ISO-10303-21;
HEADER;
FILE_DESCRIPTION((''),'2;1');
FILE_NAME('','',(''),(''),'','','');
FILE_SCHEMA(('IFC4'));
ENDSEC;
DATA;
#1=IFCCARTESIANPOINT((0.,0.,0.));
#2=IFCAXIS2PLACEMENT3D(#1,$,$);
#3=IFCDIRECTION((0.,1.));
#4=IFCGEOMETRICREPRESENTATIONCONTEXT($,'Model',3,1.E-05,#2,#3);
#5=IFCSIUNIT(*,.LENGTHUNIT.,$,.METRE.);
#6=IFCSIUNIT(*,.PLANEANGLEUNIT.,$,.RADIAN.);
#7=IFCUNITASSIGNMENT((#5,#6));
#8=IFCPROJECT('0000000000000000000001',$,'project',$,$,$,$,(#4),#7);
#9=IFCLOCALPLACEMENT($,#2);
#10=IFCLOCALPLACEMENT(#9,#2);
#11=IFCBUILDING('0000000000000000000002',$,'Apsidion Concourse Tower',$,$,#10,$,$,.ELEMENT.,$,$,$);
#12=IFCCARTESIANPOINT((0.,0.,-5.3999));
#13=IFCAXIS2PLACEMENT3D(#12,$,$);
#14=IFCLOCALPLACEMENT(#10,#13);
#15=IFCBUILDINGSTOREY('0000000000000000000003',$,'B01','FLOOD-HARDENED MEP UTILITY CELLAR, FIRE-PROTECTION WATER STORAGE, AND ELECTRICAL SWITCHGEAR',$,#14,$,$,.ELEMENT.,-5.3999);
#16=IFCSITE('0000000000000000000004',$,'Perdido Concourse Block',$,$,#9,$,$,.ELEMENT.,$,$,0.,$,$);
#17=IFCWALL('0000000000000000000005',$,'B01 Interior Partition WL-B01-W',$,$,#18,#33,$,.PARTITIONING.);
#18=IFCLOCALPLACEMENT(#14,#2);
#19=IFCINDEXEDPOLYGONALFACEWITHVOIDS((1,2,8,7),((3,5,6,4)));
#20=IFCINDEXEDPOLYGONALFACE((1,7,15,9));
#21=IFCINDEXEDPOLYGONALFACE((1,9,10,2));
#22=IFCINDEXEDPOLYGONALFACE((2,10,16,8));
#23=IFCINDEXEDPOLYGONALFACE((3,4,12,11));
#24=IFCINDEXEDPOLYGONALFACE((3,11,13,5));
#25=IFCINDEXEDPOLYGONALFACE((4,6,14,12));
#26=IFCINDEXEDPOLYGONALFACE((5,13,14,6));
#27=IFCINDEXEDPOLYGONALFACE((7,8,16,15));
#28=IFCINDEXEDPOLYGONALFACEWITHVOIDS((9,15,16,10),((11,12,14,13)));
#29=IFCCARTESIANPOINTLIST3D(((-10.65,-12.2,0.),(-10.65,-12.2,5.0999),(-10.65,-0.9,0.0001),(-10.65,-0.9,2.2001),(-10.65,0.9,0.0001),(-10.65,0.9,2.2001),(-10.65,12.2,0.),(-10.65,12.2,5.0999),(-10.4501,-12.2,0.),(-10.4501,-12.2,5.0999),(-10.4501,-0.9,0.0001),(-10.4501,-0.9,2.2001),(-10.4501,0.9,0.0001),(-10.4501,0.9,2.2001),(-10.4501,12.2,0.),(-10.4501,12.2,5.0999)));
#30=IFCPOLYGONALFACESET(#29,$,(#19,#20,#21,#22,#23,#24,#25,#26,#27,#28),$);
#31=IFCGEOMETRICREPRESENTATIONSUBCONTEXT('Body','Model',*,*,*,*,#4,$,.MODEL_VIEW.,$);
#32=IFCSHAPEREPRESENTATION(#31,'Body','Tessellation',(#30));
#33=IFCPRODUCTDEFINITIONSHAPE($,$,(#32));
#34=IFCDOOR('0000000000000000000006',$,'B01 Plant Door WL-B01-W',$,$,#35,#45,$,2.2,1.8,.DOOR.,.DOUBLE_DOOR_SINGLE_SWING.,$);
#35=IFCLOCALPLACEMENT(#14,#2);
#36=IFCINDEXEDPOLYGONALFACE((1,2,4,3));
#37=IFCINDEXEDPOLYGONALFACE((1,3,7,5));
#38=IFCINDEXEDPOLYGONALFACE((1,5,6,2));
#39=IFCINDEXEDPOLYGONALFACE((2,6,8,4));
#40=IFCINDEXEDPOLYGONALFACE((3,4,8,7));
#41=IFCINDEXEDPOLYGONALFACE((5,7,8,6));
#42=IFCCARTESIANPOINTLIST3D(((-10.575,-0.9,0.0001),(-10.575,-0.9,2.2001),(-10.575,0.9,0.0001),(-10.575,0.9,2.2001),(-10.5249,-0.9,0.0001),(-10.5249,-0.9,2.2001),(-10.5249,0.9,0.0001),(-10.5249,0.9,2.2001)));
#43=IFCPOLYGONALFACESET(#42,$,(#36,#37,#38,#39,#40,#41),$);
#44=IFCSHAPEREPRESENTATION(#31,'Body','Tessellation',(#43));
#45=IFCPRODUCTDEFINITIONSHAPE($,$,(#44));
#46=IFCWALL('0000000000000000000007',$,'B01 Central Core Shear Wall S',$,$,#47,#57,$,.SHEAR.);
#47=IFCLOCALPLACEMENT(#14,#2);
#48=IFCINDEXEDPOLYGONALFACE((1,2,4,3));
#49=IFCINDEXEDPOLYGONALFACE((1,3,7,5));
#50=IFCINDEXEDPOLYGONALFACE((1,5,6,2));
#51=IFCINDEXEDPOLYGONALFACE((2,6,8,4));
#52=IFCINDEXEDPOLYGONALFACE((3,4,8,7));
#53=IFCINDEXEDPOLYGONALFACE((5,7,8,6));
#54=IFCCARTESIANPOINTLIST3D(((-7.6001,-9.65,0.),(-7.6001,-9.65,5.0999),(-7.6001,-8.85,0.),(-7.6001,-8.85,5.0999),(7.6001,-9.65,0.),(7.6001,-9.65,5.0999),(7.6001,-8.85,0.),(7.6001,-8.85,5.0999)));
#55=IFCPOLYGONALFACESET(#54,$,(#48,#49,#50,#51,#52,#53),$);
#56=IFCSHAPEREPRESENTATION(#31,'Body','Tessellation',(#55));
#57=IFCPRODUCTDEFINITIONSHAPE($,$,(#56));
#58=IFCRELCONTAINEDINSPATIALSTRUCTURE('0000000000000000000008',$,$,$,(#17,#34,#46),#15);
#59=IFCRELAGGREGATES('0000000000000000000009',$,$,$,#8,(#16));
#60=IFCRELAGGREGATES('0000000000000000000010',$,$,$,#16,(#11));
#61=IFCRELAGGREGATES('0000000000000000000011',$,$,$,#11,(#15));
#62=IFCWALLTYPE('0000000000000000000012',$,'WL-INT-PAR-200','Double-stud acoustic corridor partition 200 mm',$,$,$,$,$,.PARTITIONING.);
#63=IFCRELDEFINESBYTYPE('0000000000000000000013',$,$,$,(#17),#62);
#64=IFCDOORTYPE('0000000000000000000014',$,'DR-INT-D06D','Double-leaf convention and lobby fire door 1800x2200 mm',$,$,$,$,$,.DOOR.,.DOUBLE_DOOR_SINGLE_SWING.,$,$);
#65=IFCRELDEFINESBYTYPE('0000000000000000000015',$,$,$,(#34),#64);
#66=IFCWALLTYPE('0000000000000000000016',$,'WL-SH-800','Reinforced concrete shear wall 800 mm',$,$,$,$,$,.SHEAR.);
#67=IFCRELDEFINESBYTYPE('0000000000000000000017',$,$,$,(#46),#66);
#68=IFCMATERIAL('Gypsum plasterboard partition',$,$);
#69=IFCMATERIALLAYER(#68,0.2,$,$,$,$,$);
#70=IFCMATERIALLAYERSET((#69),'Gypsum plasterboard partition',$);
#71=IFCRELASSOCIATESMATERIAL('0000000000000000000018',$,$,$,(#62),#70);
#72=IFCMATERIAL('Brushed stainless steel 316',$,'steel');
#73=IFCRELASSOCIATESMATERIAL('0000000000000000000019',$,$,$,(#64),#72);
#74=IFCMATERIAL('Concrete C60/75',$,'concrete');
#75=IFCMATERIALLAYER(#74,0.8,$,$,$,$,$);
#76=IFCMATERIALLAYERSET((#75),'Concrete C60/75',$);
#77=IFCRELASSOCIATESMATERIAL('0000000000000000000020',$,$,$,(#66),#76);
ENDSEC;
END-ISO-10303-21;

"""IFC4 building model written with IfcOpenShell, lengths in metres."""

from ifc_helpers import new_model, si_unit, direction, frame, frame_2d, origin, place, context, subcontext, project, spatial, rectangle, extrude, material, layer, layer_set, type_object, element, fill, save


model = new_model("IFC4")

# Units and contexts
model_context = context("Model", 3, precision=1e-05, world=origin(), true_north=direction((0.0, 1.0)))
body_context = subcontext(model_context, "Body", "Model", "MODEL_VIEW")
ifc_project = project(units=[si_unit("LENGTHUNIT", "METRE"), si_unit("PLANEANGLEUNIT", "RADIAN")], contexts=[model_context])

# Site, building, storey
site_placement = place(None, origin())
site = spatial("IfcSite", under=ifc_project, at=site_placement, Name="Perdido Concourse Block", CompositionType="ELEMENT", RefElevation=0.0)
building_placement = place(site_placement, origin())
building = spatial("IfcBuilding", under=site, at=building_placement, Name="Apsidion Concourse Tower", CompositionType="ELEMENT")
storey_placement = place(building_placement, frame((0.0, 0.0, -5.3999)))
storey = spatial("IfcBuildingStorey", under=building, at=storey_placement, Name="B01", Description="FLOOD-HARDENED MEP UTILITY CELLAR, FIRE-PROTECTION WATER STORAGE, AND ELECTRICAL SWITCHGEAR", CompositionType="ELEMENT", Elevation=-5.3999)

# Shared definitions
ifc_material_1 = material(Name="Concrete C60/75", Category="concrete")

# Wall, opening, door
ifc_material_2 = material(Name="Gypsum plasterboard partition")
ifc_layer_1 = layer(ifc_material_2, 0.2)
ifc_layer_set_1 = layer_set([ifc_layer_1], Name="Gypsum plasterboard partition")
wall_type_1 = type_object("IfcWallType", Name="WL-INT-PAR-200", Description="Double-stud acoustic corridor partition 200 mm", PredefinedType="PARTITIONING", material=ifc_layer_set_1)
wall_1_placement = place(storey_placement, frame((-10.55, -12.2, 0.0), z_axis=(0.0, 0.0, 1.0), x_axis=(0.0, 1.0, 0.0)))
wall_1 = element("IfcWall", 1, at=wall_1_placement, inside=storey, type_object=wall_type_1, Name="B01 Interior Partition WL-B01-W", PredefinedType="PARTITIONING", context=body_context, shape_type="SweptSolid", body=[
    extrude(rectangle(XDim=24.3999, YDim=0.2, at=frame_2d((12.2, 0.0))), origin(), (0.0, 0.0, 1.0), 5.0999),
])
opening_1_placement = place(wall_1_placement, frame((11.3, 0.0, 0.0)))
opening_1 = element("IfcOpeningElement", 2, at=opening_1_placement, cuts=wall_1, PredefinedType="OPENING", context=body_context, shape_type="SweptSolid", body=[
    extrude(rectangle(XDim=1.8, YDim=2.2, at=frame_2d((0.8999, 1.1001))), frame((0.0, 0.1099, 0.0), z_axis=(0.0, -1.0, 0.0), x_axis=(1.0, 0.0, 0.0)), (0.0, 0.0, 1.0), 0.22),
])
ifc_material_3 = material(Name="Brushed stainless steel 316", Category="steel")
door_type_1 = type_object("IfcDoorType", Name="DR-INT-D06D", Description="Double-leaf convention and lobby fire door 1800x2200 mm", OperationType="DOUBLE_DOOR_SINGLE_SWING", PredefinedType="DOOR", material=ifc_material_3)
door_1_placement = place(opening_1_placement, origin())
door_1 = element("IfcDoor", 3, at=door_1_placement, inside=storey, type_object=door_type_1, Name="B01 Plant Door WL-B01-W", OperationType="DOUBLE_DOOR_SINGLE_SWING", OverallHeight=2.2, OverallWidth=1.8, PredefinedType="DOOR", context=body_context, shape_type="SweptSolid", body=[
    extrude(rectangle(XDim=1.8, YDim=2.2, at=frame_2d((0.8999, 1.1001))), frame((0.0, 0.0249, 0.0), z_axis=(0.0, -1.0, 0.0), x_axis=(1.0, 0.0, 0.0)), (0.0, 0.0, 1.0), 0.05),
])
fill(opening_1, door_1)

# Shared definitions
ifc_layer_2 = layer(ifc_material_1, 0.8)
ifc_layer_set_2 = layer_set([ifc_layer_2], Name="Concrete C60/75")
wall_type_2 = type_object("IfcWallType", Name="WL-SH-800", Description="Reinforced concrete shear wall 800 mm", PredefinedType="SHEAR", material=ifc_layer_set_2)

# Wall
wall_2_placement = place(storey_placement, frame((-7.6001, -9.25, 0.0), z_axis=(0.0, 0.0, 1.0), x_axis=(1.0, 0.0, 0.0)))
element("IfcWall", 4, at=wall_2_placement, inside=storey, type_object=wall_type_2, Name="B01 Central Core Shear Wall S", PredefinedType="SHEAR", context=body_context, shape_type="SweptSolid", body=[
    extrude(rectangle(XDim=15.2002, YDim=0.8, at=frame_2d((7.6001, 0.0))), origin(), (0.0, 0.0, 1.0), 5.0999),
])

save(model, "model.ifc")
